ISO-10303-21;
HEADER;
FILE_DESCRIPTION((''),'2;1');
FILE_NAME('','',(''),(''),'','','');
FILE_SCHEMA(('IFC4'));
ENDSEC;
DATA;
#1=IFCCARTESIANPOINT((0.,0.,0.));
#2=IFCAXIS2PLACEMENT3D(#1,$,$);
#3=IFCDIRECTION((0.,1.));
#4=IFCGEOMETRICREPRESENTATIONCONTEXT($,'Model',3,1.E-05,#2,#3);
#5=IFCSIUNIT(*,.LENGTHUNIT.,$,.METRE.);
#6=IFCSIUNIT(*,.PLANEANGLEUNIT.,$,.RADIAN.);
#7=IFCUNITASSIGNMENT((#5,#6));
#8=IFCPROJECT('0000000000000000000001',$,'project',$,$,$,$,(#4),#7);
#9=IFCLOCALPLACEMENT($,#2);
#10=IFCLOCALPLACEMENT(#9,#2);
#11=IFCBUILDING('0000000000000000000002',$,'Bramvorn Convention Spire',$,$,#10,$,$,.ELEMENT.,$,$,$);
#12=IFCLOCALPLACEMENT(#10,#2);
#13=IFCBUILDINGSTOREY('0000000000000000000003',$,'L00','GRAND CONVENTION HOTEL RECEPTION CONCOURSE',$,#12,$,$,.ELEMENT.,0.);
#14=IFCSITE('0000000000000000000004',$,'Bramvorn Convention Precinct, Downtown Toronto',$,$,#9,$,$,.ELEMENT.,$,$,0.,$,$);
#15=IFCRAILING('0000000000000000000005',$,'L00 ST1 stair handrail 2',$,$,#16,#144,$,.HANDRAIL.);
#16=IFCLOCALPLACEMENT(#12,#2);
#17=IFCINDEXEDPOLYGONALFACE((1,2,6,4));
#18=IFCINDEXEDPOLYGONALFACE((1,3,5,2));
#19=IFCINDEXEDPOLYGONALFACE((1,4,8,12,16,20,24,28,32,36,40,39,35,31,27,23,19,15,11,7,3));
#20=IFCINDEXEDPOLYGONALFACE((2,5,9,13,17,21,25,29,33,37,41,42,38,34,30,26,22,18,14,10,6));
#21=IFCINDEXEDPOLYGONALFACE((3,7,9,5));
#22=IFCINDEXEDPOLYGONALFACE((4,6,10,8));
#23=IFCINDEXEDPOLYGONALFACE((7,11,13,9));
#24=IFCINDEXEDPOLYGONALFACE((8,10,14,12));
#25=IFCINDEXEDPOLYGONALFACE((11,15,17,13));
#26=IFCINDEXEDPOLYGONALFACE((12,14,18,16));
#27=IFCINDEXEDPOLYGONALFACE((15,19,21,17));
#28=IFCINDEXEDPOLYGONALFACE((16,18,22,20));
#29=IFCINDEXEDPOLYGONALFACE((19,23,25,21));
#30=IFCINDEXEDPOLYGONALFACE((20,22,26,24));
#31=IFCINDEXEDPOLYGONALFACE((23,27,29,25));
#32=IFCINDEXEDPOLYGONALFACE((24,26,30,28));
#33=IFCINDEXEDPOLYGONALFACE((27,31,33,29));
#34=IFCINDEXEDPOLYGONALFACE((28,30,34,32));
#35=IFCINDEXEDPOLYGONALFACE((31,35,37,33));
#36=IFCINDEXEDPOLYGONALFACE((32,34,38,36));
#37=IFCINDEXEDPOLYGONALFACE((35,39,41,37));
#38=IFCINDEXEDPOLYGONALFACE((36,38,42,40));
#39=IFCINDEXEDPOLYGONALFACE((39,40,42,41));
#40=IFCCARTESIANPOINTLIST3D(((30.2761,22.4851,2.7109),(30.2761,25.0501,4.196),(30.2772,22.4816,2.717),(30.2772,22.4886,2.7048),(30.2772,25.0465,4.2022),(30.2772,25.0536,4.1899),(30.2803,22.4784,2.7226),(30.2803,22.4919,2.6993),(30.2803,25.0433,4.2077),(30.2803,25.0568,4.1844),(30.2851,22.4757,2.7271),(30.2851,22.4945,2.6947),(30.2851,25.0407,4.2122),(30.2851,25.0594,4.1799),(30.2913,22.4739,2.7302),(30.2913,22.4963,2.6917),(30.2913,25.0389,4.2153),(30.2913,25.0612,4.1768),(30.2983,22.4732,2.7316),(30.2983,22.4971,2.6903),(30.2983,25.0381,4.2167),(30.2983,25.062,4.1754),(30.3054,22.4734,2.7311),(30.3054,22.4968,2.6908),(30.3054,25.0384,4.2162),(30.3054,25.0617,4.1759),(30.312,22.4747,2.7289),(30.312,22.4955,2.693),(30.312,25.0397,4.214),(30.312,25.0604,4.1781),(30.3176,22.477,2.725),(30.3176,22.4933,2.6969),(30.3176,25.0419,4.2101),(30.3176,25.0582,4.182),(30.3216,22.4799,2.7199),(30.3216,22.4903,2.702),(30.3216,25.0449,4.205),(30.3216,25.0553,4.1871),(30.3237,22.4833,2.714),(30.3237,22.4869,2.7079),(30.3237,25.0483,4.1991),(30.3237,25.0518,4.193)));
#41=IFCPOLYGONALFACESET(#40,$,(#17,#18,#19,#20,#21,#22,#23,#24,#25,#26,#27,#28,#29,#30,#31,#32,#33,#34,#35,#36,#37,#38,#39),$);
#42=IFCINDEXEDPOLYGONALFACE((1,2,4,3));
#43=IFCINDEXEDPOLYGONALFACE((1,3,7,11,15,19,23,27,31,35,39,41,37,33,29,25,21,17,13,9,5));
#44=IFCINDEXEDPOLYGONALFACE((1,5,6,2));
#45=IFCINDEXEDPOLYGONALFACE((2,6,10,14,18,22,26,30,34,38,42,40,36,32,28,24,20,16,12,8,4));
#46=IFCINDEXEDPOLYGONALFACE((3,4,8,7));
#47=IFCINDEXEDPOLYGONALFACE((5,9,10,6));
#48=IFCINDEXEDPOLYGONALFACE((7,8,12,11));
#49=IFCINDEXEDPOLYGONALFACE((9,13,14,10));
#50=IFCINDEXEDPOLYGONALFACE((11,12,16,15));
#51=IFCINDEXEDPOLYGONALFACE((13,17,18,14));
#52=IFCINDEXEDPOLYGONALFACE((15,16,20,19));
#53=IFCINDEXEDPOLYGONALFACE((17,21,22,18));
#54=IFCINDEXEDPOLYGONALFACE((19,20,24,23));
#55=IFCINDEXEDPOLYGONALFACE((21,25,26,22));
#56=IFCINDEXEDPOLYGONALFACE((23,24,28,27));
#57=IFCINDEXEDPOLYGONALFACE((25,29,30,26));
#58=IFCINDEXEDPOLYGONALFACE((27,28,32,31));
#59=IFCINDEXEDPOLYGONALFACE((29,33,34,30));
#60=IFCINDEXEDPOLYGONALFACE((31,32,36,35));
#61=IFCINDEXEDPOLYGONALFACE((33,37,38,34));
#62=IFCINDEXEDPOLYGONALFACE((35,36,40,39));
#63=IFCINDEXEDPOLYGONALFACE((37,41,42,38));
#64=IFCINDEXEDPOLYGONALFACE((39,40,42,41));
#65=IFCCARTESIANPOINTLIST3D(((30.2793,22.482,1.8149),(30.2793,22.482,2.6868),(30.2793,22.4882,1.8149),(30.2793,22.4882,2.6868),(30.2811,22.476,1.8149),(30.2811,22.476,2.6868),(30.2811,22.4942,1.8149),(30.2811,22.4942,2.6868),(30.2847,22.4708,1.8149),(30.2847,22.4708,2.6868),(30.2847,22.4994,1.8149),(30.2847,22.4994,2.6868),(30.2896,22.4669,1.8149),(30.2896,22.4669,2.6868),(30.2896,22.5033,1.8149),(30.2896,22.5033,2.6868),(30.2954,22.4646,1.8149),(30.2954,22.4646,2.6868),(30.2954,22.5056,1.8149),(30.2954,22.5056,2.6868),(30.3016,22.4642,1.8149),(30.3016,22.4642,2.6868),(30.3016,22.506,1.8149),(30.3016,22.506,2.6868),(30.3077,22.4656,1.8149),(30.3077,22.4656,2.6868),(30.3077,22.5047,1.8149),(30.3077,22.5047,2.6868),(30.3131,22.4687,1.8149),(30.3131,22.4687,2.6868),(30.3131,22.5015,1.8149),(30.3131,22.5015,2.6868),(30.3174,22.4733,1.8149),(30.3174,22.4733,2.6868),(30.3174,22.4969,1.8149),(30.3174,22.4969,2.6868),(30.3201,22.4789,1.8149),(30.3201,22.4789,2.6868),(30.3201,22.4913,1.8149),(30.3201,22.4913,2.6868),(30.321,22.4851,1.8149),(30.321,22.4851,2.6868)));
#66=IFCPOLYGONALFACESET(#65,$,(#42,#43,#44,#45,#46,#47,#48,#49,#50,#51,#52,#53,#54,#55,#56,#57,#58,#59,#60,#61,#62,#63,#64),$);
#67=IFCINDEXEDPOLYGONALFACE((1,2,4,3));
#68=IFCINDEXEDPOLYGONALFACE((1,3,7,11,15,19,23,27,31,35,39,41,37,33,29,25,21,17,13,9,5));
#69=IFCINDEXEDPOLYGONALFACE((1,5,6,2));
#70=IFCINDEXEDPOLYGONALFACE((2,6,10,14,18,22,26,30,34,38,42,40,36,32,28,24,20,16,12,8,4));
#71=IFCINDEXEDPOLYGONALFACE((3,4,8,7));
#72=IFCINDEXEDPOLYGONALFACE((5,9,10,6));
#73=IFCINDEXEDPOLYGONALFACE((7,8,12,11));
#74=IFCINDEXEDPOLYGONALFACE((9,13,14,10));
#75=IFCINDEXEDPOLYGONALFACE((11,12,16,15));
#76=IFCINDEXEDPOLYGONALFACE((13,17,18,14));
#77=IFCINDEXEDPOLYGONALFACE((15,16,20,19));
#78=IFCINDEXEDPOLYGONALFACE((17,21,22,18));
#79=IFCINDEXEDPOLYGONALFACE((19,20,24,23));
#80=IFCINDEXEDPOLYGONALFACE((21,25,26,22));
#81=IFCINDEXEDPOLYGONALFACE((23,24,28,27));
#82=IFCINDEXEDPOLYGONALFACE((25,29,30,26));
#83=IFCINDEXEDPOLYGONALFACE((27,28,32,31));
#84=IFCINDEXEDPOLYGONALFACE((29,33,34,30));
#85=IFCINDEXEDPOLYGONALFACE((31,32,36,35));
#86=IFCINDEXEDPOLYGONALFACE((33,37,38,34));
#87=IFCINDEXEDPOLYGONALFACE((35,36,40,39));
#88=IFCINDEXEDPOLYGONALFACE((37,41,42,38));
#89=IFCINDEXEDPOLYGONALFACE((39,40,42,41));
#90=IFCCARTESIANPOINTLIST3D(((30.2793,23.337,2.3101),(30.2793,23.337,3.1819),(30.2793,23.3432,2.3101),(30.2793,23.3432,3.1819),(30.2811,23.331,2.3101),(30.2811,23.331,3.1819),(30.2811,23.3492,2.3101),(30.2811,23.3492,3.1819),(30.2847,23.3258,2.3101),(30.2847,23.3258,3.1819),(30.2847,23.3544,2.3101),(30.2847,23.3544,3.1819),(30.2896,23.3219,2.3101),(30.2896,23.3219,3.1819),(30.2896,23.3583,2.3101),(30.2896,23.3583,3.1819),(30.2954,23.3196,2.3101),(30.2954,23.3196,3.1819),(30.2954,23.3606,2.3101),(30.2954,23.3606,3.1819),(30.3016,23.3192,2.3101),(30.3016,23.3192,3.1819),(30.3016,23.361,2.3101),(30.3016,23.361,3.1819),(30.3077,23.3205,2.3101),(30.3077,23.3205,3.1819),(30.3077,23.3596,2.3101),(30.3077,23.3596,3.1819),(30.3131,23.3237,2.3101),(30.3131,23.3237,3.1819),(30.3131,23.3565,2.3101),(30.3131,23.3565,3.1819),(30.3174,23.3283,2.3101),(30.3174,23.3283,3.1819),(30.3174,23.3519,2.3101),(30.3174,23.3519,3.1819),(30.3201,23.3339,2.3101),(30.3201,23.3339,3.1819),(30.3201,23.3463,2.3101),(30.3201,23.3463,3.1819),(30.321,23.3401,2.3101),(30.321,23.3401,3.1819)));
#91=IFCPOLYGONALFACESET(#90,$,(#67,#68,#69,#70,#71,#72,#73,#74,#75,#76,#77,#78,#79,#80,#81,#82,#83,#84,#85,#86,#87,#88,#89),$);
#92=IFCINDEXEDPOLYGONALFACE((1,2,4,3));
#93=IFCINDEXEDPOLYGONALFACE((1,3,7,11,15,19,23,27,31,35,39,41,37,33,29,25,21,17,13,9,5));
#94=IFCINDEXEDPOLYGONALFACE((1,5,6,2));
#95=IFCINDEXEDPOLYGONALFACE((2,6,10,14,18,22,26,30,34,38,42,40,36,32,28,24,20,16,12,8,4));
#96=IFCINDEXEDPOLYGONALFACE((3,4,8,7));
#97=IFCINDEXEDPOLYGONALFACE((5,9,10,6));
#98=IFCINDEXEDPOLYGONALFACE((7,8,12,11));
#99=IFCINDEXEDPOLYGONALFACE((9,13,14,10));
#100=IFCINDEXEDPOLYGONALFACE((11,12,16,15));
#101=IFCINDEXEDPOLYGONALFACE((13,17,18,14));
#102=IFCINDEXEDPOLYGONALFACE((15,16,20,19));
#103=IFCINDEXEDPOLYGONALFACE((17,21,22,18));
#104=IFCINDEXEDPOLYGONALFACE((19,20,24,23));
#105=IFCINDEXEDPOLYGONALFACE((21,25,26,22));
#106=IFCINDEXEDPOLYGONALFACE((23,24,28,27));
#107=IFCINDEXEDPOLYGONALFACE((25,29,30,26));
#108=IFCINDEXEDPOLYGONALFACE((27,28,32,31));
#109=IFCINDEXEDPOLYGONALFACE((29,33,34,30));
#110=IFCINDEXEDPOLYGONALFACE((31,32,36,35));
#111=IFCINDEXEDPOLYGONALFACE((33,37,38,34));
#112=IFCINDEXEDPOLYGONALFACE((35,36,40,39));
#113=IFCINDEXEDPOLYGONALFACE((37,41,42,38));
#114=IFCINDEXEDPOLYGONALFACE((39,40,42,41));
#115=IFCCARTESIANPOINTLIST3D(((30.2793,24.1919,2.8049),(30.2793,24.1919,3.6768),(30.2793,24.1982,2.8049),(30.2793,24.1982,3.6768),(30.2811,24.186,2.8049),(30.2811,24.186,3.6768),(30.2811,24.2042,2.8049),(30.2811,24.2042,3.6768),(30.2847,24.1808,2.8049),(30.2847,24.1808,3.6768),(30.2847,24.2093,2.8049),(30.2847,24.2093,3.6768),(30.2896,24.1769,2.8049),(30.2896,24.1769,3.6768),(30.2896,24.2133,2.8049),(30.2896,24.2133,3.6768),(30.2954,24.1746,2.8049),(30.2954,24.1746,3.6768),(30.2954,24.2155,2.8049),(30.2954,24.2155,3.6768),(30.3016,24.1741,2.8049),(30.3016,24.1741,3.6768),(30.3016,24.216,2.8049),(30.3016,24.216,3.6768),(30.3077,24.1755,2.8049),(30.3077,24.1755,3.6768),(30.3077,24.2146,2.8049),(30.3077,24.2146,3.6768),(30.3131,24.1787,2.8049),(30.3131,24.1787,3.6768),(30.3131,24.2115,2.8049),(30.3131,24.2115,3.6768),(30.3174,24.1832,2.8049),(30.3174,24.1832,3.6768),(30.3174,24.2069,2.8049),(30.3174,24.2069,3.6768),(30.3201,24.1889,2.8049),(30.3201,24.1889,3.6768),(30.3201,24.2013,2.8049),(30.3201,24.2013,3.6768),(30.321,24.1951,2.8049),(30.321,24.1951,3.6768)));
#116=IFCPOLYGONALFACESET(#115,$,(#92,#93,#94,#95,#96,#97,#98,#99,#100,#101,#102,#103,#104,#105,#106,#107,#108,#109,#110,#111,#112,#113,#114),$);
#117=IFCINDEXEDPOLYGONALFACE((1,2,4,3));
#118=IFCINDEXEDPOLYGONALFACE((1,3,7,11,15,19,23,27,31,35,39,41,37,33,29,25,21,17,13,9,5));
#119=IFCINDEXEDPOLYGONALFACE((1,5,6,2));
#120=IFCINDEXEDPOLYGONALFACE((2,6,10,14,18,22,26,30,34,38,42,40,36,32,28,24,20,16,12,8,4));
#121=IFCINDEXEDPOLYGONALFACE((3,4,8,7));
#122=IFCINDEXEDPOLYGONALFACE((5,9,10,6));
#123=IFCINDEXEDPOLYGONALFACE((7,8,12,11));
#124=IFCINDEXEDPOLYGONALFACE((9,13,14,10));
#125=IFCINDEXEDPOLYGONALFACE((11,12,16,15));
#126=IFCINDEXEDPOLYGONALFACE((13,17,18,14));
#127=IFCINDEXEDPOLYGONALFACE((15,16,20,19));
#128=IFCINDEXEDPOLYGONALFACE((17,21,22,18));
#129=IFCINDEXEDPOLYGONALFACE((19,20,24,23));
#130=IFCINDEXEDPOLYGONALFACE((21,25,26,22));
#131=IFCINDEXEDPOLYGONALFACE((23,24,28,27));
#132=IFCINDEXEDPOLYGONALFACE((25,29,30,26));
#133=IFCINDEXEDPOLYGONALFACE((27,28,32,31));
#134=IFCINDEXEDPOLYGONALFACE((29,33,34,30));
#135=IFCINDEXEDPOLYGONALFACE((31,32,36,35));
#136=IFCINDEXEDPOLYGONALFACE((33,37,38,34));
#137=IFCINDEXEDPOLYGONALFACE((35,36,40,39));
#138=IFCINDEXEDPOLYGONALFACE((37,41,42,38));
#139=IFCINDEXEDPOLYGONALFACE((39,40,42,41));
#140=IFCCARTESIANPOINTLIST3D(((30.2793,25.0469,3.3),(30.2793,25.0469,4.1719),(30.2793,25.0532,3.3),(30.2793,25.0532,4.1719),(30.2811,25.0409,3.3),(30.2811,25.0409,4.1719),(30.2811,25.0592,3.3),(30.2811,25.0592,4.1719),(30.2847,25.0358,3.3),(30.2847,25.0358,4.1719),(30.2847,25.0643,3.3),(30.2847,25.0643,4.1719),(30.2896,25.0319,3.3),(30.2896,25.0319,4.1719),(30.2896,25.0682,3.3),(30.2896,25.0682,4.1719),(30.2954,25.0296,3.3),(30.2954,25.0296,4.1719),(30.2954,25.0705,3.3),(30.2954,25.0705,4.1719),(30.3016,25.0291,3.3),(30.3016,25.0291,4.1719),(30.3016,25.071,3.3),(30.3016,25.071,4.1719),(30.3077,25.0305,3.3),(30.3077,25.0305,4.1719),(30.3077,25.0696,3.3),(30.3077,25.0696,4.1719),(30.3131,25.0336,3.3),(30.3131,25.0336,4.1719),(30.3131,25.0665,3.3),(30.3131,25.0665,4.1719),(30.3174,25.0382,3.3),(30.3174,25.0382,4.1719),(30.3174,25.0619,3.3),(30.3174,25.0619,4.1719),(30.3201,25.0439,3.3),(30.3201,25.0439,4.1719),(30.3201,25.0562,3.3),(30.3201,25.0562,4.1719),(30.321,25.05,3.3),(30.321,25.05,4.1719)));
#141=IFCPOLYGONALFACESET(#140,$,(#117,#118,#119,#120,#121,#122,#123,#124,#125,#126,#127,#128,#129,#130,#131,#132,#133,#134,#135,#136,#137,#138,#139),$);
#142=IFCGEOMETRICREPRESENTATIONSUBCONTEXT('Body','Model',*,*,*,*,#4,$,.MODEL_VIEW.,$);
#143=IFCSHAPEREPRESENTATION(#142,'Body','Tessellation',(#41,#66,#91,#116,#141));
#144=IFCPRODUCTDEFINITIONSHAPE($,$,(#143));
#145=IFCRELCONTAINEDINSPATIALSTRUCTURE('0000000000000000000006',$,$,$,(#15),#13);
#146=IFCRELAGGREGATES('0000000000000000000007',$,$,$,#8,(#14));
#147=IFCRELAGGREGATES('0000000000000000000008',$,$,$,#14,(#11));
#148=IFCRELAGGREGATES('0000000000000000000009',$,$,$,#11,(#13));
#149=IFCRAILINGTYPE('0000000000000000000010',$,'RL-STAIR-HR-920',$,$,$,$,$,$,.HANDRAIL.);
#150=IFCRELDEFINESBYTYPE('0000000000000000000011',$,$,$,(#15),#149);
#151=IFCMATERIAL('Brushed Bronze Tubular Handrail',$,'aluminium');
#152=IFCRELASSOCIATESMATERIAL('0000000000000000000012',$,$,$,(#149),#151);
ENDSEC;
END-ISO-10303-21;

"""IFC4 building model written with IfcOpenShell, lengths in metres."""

from ifc_helpers import new_model, si_unit, direction, frame, origin, origin_2d, place, context, subcontext, project, spatial, circle, extrude, material, type_object, element, save


model = new_model("IFC4")

# Units and contexts
model_context = context("Model", 3, precision=1e-05, world=origin(), true_north=direction((0.0, 1.0)))
body_context = subcontext(model_context, "Body", "Model", "MODEL_VIEW")
ifc_project = project(units=[si_unit("LENGTHUNIT", "METRE"), si_unit("PLANEANGLEUNIT", "RADIAN")], contexts=[model_context])

# Site, building, storey
site_placement = place(None, origin())
site = spatial("IfcSite", under=ifc_project, at=site_placement, Name="Bramvorn Convention Precinct, Downtown Toronto", CompositionType="ELEMENT", RefElevation=0.0)
building_placement = place(site_placement, origin())
building = spatial("IfcBuilding", under=site, at=building_placement, Name="Bramvorn Convention Spire", CompositionType="ELEMENT")
storey_placement = place(building_placement, origin())
storey = spatial("IfcBuildingStorey", under=building, at=storey_placement, Name="L00", Description="GRAND CONVENTION HOTEL RECEPTION CONCOURSE", CompositionType="ELEMENT", Elevation=0.0)

# Railing
ifc_material_1 = material(Name="Brushed Bronze Tubular Handrail", Category="aluminium")
railing_type_1 = type_object("IfcRailingType", Name="RL-STAIR-HR-920", PredefinedType="HANDRAIL", material=ifc_material_1)
railing_1_placement = place(storey_placement, frame((30.3, 22.4851, 1.8149)))
element("IfcRailing", 1, at=railing_1_placement, inside=storey, type_object=railing_type_1, Name="L00 ST1 stair handrail 2", PredefinedType="HANDRAIL", context=body_context, shape_type="SweptSolid", body=[
    extrude(circle(Radius=0.0239, at=origin_2d()), frame((0.0, 0.0, 0.896), z_axis=(0.0, 0.865406, 0.501072), x_axis=(-1.0, 0.0, 0.0)), (0.0, 0.0, 1.0), 2.9639),
    extrude(circle(Radius=0.021, at=origin_2d()), origin(), (0.0, 0.0, 1.0), 0.8718),
    extrude(circle(Radius=0.021, at=origin_2d()), frame((0.0, 0.855, 0.4951)), (0.0, 0.0, 1.0), 0.8718),
    extrude(circle(Radius=0.021, at=origin_2d()), frame((0.0, 1.71, 0.99)), (0.0, 0.0, 1.0), 0.8718),
    extrude(circle(Radius=0.021, at=origin_2d()), frame((0.0, 2.5649, 1.4851)), (0.0, 0.0, 1.0), 0.8718),
])

save(model, "model.ifc")
